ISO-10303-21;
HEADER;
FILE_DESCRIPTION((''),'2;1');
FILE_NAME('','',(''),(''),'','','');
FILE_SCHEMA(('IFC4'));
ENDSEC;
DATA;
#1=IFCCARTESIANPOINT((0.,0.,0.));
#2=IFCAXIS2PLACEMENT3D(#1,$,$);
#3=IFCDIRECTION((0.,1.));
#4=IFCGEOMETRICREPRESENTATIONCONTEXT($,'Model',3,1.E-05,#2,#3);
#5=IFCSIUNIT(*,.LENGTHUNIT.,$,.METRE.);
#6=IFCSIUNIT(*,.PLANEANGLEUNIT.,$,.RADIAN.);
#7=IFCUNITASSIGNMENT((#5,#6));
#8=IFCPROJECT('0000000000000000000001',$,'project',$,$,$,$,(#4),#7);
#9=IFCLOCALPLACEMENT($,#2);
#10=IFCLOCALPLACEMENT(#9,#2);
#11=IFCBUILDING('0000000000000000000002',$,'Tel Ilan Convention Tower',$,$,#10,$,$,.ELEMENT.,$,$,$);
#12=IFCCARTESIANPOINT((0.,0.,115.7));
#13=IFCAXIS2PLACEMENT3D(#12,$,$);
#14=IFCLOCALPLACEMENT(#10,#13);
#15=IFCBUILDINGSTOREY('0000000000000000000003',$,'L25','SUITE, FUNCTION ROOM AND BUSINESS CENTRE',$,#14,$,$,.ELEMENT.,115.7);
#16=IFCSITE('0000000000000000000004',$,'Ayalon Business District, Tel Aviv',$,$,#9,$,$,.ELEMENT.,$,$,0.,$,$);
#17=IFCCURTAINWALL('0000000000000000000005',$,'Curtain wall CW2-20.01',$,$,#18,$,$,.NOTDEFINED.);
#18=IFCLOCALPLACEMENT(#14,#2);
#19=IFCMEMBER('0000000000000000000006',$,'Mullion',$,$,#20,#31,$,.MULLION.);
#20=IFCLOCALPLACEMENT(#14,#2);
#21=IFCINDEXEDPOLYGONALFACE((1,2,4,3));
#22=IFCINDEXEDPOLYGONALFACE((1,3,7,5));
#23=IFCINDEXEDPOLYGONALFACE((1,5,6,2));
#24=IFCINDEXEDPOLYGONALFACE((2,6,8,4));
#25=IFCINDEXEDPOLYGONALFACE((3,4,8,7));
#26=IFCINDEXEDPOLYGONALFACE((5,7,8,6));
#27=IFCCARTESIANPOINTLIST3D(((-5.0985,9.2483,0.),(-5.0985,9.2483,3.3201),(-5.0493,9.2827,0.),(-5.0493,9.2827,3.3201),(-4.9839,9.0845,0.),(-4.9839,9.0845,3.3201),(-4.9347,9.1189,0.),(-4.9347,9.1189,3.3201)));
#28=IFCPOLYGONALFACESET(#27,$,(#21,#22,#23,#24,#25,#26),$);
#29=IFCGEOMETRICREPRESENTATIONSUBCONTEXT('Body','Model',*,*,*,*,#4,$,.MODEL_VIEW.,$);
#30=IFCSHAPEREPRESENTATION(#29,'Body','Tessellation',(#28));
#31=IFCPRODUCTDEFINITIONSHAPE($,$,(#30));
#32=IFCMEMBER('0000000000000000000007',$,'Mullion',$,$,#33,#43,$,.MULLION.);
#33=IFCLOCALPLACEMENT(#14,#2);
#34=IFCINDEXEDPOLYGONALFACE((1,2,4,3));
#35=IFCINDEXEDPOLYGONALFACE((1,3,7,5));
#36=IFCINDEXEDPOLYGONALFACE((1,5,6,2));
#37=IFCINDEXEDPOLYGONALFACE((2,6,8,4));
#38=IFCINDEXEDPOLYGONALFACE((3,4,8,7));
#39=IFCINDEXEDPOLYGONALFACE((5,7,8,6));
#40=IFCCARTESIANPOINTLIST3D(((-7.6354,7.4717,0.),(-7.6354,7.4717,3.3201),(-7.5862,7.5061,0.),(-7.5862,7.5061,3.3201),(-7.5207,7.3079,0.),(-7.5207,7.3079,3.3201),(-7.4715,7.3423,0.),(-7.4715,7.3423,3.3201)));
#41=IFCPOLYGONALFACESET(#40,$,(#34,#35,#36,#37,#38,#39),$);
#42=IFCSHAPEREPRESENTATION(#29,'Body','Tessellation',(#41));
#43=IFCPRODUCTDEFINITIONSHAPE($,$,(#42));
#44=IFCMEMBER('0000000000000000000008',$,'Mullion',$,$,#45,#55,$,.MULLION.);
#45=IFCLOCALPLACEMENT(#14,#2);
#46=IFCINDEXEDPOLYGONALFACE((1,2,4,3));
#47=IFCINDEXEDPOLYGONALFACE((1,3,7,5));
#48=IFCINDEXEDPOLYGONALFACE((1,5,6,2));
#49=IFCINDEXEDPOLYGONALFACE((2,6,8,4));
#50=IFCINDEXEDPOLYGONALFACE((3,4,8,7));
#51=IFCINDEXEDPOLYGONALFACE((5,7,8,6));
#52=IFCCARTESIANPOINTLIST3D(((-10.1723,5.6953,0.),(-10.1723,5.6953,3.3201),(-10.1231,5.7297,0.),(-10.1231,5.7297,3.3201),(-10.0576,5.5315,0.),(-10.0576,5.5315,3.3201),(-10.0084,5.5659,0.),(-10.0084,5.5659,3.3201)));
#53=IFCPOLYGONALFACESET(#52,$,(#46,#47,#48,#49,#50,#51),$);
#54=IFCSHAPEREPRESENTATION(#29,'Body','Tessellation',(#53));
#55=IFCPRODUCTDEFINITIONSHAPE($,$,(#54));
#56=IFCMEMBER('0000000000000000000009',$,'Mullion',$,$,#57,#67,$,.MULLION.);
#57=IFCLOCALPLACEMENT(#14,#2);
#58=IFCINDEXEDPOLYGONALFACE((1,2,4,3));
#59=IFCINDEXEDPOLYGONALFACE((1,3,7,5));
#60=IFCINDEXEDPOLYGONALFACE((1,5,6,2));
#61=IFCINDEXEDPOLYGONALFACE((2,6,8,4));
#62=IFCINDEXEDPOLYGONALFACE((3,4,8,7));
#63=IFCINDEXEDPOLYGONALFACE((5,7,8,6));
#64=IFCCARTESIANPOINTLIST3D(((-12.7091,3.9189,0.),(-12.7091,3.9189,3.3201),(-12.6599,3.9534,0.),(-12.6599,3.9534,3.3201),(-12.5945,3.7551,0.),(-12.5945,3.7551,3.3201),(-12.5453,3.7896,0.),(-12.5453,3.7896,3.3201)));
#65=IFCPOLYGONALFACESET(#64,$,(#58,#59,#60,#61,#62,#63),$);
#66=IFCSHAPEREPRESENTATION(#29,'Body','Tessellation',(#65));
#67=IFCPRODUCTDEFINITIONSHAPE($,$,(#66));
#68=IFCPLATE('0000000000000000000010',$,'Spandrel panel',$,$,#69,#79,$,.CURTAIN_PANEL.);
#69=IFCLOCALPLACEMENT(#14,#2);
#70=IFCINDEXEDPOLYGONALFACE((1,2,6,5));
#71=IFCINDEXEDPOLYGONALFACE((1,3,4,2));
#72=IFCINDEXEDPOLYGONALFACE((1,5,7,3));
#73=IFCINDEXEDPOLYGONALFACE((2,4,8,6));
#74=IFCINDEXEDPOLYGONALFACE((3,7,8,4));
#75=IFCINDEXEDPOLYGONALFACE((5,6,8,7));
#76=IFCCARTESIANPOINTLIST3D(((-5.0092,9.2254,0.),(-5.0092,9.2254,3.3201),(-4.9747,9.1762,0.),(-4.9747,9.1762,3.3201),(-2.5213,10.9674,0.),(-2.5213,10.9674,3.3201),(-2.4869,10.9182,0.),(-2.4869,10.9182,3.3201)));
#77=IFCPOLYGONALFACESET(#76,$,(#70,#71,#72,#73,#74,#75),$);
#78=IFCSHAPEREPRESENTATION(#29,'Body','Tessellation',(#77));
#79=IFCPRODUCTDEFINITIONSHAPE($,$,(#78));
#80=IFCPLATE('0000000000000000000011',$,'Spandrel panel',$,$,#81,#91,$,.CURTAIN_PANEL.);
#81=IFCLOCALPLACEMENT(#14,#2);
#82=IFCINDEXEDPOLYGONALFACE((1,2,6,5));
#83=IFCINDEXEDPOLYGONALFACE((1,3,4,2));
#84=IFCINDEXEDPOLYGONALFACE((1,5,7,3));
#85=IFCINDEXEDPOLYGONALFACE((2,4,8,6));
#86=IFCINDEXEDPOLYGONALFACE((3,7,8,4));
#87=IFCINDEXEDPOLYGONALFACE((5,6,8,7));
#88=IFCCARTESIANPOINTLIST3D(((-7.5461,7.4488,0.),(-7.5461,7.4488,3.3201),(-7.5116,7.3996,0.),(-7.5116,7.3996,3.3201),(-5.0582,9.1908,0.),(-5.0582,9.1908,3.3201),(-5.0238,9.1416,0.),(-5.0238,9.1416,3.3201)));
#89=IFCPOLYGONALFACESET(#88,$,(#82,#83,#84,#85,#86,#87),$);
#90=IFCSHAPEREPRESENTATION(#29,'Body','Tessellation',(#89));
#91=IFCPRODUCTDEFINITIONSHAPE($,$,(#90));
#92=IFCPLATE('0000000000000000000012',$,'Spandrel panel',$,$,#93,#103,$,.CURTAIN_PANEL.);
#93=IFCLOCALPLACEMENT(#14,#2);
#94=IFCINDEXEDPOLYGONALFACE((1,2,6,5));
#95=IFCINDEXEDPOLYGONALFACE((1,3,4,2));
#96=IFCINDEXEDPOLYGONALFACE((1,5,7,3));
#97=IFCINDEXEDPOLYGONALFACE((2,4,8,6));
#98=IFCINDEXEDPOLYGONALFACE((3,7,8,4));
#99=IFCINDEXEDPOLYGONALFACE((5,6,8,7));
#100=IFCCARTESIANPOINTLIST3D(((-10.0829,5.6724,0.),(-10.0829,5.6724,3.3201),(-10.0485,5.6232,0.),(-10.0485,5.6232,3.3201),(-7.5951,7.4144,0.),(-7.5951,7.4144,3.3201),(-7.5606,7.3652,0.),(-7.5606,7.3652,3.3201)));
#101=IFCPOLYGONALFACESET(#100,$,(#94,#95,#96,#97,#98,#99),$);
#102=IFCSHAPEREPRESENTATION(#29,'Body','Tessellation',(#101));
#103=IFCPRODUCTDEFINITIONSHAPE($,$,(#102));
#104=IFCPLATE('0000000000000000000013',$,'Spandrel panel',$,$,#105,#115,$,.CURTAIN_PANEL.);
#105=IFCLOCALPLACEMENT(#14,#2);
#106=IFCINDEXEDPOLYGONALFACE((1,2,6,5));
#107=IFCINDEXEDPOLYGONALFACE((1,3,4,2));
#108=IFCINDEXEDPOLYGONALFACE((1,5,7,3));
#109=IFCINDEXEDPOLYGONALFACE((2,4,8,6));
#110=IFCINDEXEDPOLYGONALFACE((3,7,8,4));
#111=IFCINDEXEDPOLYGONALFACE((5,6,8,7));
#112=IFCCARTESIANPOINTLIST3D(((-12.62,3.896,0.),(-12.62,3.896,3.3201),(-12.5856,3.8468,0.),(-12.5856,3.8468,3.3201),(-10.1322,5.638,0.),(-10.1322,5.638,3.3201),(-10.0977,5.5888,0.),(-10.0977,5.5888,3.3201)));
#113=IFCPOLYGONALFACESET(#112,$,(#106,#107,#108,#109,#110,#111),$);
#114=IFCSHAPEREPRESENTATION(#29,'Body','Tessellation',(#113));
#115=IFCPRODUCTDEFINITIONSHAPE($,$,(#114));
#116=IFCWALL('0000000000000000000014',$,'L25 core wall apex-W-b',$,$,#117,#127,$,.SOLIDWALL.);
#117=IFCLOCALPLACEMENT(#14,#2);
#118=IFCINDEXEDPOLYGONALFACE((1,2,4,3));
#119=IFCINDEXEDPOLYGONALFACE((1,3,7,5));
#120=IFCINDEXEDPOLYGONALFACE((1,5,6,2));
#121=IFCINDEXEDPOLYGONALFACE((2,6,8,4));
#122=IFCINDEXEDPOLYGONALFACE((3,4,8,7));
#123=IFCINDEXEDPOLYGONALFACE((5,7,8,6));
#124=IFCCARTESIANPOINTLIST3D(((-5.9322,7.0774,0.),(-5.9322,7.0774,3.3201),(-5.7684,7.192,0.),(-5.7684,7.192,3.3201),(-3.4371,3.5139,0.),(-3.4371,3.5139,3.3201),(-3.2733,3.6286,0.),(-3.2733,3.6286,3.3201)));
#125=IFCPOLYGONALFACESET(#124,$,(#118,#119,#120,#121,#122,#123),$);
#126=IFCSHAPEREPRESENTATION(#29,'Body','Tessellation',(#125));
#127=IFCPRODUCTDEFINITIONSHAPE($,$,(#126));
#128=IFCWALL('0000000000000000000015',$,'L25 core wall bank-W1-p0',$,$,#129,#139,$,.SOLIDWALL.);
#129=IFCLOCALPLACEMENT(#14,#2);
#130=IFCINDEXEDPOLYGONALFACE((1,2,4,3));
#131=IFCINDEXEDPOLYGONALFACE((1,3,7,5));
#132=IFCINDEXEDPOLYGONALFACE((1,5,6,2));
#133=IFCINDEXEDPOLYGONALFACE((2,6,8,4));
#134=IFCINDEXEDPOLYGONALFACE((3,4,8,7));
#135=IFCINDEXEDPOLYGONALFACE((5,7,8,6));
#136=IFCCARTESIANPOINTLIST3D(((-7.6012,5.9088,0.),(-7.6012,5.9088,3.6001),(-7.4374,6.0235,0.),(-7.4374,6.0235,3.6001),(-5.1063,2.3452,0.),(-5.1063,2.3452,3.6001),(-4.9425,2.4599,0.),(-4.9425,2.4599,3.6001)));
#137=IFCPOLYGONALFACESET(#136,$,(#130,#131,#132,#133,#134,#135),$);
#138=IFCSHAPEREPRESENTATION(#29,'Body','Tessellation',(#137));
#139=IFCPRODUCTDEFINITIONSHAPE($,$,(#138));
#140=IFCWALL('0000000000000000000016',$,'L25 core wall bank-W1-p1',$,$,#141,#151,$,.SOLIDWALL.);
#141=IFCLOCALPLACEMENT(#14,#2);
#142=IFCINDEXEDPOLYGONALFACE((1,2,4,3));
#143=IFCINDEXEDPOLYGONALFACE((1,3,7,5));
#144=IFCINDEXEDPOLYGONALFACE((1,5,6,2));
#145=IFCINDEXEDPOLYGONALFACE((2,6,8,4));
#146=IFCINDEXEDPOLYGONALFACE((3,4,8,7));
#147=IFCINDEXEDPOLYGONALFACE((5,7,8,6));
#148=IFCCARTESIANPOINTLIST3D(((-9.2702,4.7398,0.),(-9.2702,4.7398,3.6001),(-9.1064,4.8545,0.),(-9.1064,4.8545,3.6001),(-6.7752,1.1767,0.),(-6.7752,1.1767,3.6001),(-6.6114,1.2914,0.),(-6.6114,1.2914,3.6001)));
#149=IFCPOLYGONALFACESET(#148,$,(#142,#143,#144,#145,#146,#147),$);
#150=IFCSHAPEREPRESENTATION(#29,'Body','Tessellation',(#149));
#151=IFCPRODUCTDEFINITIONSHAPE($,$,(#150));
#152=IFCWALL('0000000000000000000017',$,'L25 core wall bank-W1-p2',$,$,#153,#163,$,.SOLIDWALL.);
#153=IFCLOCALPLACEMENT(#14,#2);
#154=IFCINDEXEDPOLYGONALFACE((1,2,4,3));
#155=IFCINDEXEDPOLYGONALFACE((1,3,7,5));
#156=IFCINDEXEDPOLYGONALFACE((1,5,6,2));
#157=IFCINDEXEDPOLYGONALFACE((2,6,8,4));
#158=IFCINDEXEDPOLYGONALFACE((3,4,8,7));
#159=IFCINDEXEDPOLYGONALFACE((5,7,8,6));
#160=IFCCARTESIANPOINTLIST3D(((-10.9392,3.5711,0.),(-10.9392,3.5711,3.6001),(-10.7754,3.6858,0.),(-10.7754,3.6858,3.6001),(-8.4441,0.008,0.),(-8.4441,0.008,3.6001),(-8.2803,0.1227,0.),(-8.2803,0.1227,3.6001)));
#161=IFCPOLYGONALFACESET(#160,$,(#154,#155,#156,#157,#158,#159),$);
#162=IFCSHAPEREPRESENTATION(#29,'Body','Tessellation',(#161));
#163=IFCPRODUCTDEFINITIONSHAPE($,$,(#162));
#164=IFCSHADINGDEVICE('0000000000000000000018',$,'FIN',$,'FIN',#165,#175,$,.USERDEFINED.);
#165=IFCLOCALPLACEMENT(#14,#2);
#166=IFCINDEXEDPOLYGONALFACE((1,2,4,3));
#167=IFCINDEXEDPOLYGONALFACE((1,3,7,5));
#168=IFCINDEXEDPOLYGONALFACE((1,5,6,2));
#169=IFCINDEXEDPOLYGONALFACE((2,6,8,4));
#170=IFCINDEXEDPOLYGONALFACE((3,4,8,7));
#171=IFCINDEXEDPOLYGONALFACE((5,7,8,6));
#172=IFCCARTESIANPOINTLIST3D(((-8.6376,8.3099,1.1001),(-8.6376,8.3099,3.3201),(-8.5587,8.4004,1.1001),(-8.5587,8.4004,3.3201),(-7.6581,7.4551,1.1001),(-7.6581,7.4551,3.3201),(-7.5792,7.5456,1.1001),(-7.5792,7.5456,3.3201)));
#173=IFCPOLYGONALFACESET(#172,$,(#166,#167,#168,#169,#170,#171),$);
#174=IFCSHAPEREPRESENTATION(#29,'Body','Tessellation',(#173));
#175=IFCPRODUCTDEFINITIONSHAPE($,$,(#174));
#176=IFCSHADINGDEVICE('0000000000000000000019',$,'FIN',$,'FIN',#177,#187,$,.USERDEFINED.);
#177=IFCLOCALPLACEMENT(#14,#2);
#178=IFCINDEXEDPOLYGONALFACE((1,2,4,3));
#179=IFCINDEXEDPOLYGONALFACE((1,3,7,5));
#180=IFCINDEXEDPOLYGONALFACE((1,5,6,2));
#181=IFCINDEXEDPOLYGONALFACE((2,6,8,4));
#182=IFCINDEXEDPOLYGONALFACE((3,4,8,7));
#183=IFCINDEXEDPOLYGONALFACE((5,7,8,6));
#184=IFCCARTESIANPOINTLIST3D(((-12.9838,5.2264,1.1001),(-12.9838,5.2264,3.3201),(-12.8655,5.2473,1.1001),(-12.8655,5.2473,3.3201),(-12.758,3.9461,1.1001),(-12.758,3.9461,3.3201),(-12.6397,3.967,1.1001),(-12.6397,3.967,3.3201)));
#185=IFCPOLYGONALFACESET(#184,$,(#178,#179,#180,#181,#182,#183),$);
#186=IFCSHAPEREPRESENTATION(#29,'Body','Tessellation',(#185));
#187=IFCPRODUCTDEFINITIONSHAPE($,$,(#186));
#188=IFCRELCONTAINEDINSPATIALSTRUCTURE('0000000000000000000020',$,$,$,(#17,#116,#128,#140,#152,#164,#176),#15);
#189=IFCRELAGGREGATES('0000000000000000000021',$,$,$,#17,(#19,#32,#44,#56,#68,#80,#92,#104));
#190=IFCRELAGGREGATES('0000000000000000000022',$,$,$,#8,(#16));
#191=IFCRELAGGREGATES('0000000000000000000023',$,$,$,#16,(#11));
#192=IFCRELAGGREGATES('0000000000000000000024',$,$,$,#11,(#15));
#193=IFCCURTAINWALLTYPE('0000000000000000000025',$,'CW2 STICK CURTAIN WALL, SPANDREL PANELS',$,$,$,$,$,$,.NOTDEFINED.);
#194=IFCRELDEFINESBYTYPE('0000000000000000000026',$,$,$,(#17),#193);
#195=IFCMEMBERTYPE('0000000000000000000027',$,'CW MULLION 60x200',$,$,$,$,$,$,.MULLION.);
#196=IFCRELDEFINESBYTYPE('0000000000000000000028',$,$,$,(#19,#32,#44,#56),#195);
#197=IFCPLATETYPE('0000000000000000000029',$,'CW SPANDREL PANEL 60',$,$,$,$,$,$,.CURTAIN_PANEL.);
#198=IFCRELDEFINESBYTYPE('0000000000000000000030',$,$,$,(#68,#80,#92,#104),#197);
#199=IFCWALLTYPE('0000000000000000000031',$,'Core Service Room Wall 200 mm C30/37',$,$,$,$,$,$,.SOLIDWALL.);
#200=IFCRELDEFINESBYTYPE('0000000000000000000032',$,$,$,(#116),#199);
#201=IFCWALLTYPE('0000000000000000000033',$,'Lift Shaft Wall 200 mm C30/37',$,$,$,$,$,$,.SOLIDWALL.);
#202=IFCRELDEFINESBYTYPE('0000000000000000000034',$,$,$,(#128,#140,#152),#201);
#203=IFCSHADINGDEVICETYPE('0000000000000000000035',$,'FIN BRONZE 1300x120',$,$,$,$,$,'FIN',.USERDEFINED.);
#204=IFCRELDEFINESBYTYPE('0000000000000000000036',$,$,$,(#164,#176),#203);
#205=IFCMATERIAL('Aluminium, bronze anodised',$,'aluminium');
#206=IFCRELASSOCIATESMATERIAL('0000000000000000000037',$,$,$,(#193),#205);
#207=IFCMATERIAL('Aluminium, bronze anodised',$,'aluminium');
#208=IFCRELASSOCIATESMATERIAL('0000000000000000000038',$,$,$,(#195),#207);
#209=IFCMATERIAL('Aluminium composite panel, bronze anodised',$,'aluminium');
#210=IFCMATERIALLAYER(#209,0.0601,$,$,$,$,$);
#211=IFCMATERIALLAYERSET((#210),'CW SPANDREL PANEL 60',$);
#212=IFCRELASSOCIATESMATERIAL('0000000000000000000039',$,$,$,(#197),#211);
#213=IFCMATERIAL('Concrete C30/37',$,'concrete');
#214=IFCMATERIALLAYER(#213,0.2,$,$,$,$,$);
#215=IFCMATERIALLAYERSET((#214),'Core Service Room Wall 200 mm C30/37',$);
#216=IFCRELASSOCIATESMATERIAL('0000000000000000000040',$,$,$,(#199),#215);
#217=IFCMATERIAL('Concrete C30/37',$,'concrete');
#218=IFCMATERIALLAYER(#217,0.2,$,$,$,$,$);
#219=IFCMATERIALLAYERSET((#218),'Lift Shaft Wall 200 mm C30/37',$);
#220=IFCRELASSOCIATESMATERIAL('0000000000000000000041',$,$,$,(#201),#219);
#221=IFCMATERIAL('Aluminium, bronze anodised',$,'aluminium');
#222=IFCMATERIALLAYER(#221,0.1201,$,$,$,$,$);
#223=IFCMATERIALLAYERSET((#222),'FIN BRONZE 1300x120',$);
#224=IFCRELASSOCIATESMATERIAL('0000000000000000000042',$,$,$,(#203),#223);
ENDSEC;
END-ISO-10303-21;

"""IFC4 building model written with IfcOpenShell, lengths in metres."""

from ifc_helpers import new_model, si_unit, direction, frame, frame_2d, origin, origin_2d, place, context, subcontext, project, spatial, rectangle, extrude, material, layer, layer_set, material_profile, profile_set, type_object, element, aggregate, save


model = new_model("IFC4")

# Units and contexts
model_context = context("Model", 3, precision=1e-05, world=origin(), true_north=direction((0.0, 1.0)))
body_context = subcontext(model_context, "Body", "Model", "MODEL_VIEW")
ifc_project = project(units=[si_unit("LENGTHUNIT", "METRE"), si_unit("PLANEANGLEUNIT", "RADIAN")], contexts=[model_context])

# Site, building, storey
site_placement = place(None, origin())
site = spatial("IfcSite", under=ifc_project, at=site_placement, Name="Ayalon Business District, Tel Aviv", CompositionType="ELEMENT", RefElevation=0.0)
building_placement = place(site_placement, origin())
building = spatial("IfcBuilding", under=site, at=building_placement, Name="Tel Ilan Convention Tower", CompositionType="ELEMENT")
storey_placement = place(building_placement, frame((0.0, 0.0, 115.7)))
storey = spatial("IfcBuildingStorey", under=building, at=storey_placement, Name="L25", Description="SUITE, FUNCTION ROOM AND BUSINESS CENTRE", CompositionType="ELEMENT", Elevation=115.7)

# Curtain wall, members, plates
ifc_material_1 = material(Name="Aluminium, bronze anodised", Category="aluminium")
curtain_wall_type = type_object("IfcCurtainWallType", Name="CW2 STICK CURTAIN WALL, SPANDREL PANELS", PredefinedType="NOTDEFINED", material=ifc_material_1)
curtain_wall_placement = place(storey_placement, origin())
curtain_wall = element("IfcCurtainWall", 1, at=curtain_wall_placement, inside=storey, type_object=curtain_wall_type, Name="Curtain wall CW2-20.01", PredefinedType="NOTDEFINED")
ifc_material_2 = material(Name="Aluminium, bronze anodised", Category="aluminium")
ifc_material_profile = material_profile(ifc_material_2, rectangle(XDim=0.0601, YDim=0.2, at=origin_2d()), Name="CW MULLION 60x200")
ifc_profile_set = profile_set([ifc_material_profile], Name="Aluminium, bronze anodised")
member_type = type_object("IfcMemberType", Name="CW MULLION 60x200", PredefinedType="MULLION", material=ifc_profile_set)
member_1_placement = place(storey_placement, frame((-5.0166, 9.1836, 0.0), z_axis=(0.0, 0.0, 1.0), x_axis=(-0.819152, -0.573576, 0.0)))
member_1 = element("IfcMember", 2, at=member_1_placement, type_object=member_type, Name="Mullion", PredefinedType="MULLION", context=body_context, shape_type="SweptSolid", body=[
    extrude(rectangle(XDim=0.0601, YDim=0.2, at=origin_2d()), origin(), (0.0, 0.0, 1.0), 3.3201),
])
member_2_placement = place(storey_placement, frame((-7.5535, 7.407, 0.0), z_axis=(0.0, 0.0, 1.0), x_axis=(-0.819152, -0.573576, 0.0)))
member_2 = element("IfcMember", 3, at=member_2_placement, type_object=member_type, Name="Mullion", PredefinedType="MULLION", context=body_context, shape_type="SweptSolid", body=[
    extrude(rectangle(XDim=0.0601, YDim=0.2, at=origin_2d()), origin(), (0.0, 0.0, 1.0), 3.3201),
])
member_3_placement = place(storey_placement, frame((-10.0903, 5.6306, 0.0), z_axis=(0.0, 0.0, 1.0), x_axis=(-0.819152, -0.573576, 0.0)))
member_3 = element("IfcMember", 4, at=member_3_placement, type_object=member_type, Name="Mullion", PredefinedType="MULLION", context=body_context, shape_type="SweptSolid", body=[
    extrude(rectangle(XDim=0.0601, YDim=0.2, at=origin_2d()), origin(), (0.0, 0.0, 1.0), 3.3201),
])
member_4_placement = place(storey_placement, frame((-12.6272, 3.8542, 0.0), z_axis=(0.0, 0.0, 1.0), x_axis=(-0.819152, -0.573576, 0.0)))
member_4 = element("IfcMember", 5, at=member_4_placement, type_object=member_type, Name="Mullion", PredefinedType="MULLION", context=body_context, shape_type="SweptSolid", body=[
    extrude(rectangle(XDim=0.0601, YDim=0.2, at=origin_2d()), origin(), (0.0, 0.0, 1.0), 3.3201),
])
ifc_material_3 = material(Name="Aluminium composite panel, bronze anodised", Category="aluminium")
ifc_layer_1 = layer(ifc_material_3, 0.0601)
ifc_layer_set_1 = layer_set([ifc_layer_1], Name="CW SPANDREL PANEL 60")
plate_type = type_object("IfcPlateType", Name="CW SPANDREL PANEL 60", PredefinedType="CURTAIN_PANEL", material=ifc_layer_set_1)
plate_1_placement = place(storey_placement, frame((-3.748, 10.0718, 0.0), z_axis=(0.0, 0.0, 1.0), x_axis=(-0.819152, -0.573576, 0.0)))
plate_1 = element("IfcPlate", 6, at=plate_1_placement, type_object=plate_type, Name="Spandrel panel", PredefinedType="CURTAIN_PANEL", context=body_context, shape_type="SweptSolid", body=[
    extrude(rectangle(XDim=3.0371, YDim=0.0601, at=origin_2d()), origin(), (0.0, 0.0, 1.0), 3.3201),
])
plate_2_placement = place(storey_placement, frame((-6.2849, 8.2952, 0.0), z_axis=(0.0, 0.0, 1.0), x_axis=(-0.819152, -0.573576, 0.0)))
plate_2 = element("IfcPlate", 7, at=plate_2_placement, type_object=plate_type, Name="Spandrel panel", PredefinedType="CURTAIN_PANEL", context=body_context, shape_type="SweptSolid", body=[
    extrude(rectangle(XDim=3.0371, YDim=0.0601, at=origin_2d()), origin(), (0.0, 0.0, 1.0), 3.3201),
])
plate_3_placement = place(storey_placement, frame((-8.8218, 6.5188, 0.0), z_axis=(0.0, 0.0, 1.0), x_axis=(-0.819152, -0.573576, 0.0)))
plate_3 = element("IfcPlate", 8, at=plate_3_placement, type_object=plate_type, Name="Spandrel panel", PredefinedType="CURTAIN_PANEL", context=body_context, shape_type="SweptSolid", body=[
    extrude(rectangle(XDim=3.0371, YDim=0.0601, at=origin_2d()), origin(), (0.0, 0.0, 1.0), 3.3201),
])
plate_4_placement = place(storey_placement, frame((-11.3589, 4.7424, 0.0), z_axis=(0.0, 0.0, 1.0), x_axis=(-0.819152, -0.573576, 0.0)))
plate_4 = element("IfcPlate", 9, at=plate_4_placement, type_object=plate_type, Name="Spandrel panel", PredefinedType="CURTAIN_PANEL", context=body_context, shape_type="SweptSolid", body=[
    extrude(rectangle(XDim=3.0371, YDim=0.0601, at=origin_2d()), origin(), (0.0, 0.0, 1.0), 3.3201),
])
aggregate(curtain_wall, [member_1, member_2, member_3, member_4, plate_1, plate_2, plate_3, plate_4])

# Walls
ifc_material_4 = material(Name="Concrete C30/37", Category="concrete")
ifc_layer_2 = layer(ifc_material_4, 0.2)
ifc_layer_set_2 = layer_set([ifc_layer_2], Name="Core Service Room Wall 200 mm C30/37")
wall_type_1 = type_object("IfcWallType", Name="Core Service Room Wall 200 mm C30/37", PredefinedType="SOLIDWALL", material=ifc_layer_set_2)
wall_1_placement = place(storey_placement, frame((-3.3552, 3.5713, 0.0), z_axis=(0.0, 0.0, 1.0), x_axis=(-0.573568, 0.819158, 0.0)))
element("IfcWall", 10, at=wall_1_placement, inside=storey, type_object=wall_type_1, Name="L25 core wall apex-W-b", PredefinedType="SOLIDWALL", context=body_context, shape_type="SweptSolid", body=[
    extrude(rectangle(XDim=4.3501, YDim=0.2, at=frame_2d((2.175, 0.0))), origin(), (0.0, 0.0, 1.0), 3.3201),
])
ifc_material_5 = material(Name="Concrete C30/37", Category="concrete")
ifc_layer_3 = layer(ifc_material_5, 0.2)
ifc_layer_set_3 = layer_set([ifc_layer_3], Name="Lift Shaft Wall 200 mm C30/37")
wall_type_2 = type_object("IfcWallType", Name="Lift Shaft Wall 200 mm C30/37", PredefinedType="SOLIDWALL", material=ifc_layer_set_3)
wall_2_placement = place(storey_placement, frame((-5.0244, 2.4026, 0.0), z_axis=(0.0, 0.0, 1.0), x_axis=(-0.57353, 0.819184, 0.0)))
element("IfcWall", 11, at=wall_2_placement, inside=storey, type_object=wall_type_2, Name="L25 core wall bank-W1-p0", PredefinedType="SOLIDWALL", context=body_context, shape_type="SweptSolid", body=[
    extrude(rectangle(XDim=4.3501, YDim=0.2, at=frame_2d((2.175, 0.0))), origin(), (0.0, 0.0, 1.0), 3.6001),
])
for number, where, z_axis, x_axis, name in (
    (12, (-6.6934, 1.2341, 0.0), (0.0, 0.0, 1.0), (-0.573594, 0.81914, 0.0), "L25 core wall bank-W1-p1"),
    (13, (-8.3623, 0.0654, 0.0), (0.0, 0.0, 1.0), (-0.573594, 0.81914, 0.0), "L25 core wall bank-W1-p2"),
):
    element("IfcWall", number, at=place(storey_placement, frame(where, z_axis=z_axis, x_axis=x_axis)), inside=storey, type_object=wall_type_2, Name=name, PredefinedType="SOLIDWALL", context=body_context, shape_type="SweptSolid", body=[
        extrude(rectangle(XDim=4.3499, YDim=0.2, at=frame_2d((2.1748, 0.0))), origin(), (0.0, 0.0, 1.0), 3.6001),
    ])

# Shading devices
ifc_material_6 = material(Name="Aluminium, bronze anodised", Category="aluminium")
ifc_layer_4 = layer(ifc_material_6, 0.1201)
ifc_layer_set_4 = layer_set([ifc_layer_4], Name="FIN BRONZE 1300x120")
shading_device_type = type_object("IfcShadingDeviceType", Name="FIN BRONZE 1300x120", ElementType="FIN", PredefinedType="USERDEFINED", material=ifc_layer_set_4)
for number, where, z_axis, x_axis, name in (
    (14, (-8.1084, 7.9277, 1.1001), (0.0, 0.0, 1.0), (-0.753436, 0.657521, 0.0), "FIN"),
    (15, (-12.8118, 4.5967, 1.1001), (0.0, 0.0, 1.0), (-0.173648, 0.984808, 0.0), "FIN"),
):
    element("IfcShadingDevice", number, at=place(storey_placement, frame(where, z_axis=z_axis, x_axis=x_axis)), inside=storey, type_object=shading_device_type, Name=name, ObjectType="FIN", PredefinedType="USERDEFINED", context=body_context, shape_type="SweptSolid", body=[
        extrude(rectangle(XDim=1.3, YDim=0.1201, at=origin_2d()), origin(), (0.0, 0.0, 1.0), 2.22),
    ])

save(model, "model.ifc")
